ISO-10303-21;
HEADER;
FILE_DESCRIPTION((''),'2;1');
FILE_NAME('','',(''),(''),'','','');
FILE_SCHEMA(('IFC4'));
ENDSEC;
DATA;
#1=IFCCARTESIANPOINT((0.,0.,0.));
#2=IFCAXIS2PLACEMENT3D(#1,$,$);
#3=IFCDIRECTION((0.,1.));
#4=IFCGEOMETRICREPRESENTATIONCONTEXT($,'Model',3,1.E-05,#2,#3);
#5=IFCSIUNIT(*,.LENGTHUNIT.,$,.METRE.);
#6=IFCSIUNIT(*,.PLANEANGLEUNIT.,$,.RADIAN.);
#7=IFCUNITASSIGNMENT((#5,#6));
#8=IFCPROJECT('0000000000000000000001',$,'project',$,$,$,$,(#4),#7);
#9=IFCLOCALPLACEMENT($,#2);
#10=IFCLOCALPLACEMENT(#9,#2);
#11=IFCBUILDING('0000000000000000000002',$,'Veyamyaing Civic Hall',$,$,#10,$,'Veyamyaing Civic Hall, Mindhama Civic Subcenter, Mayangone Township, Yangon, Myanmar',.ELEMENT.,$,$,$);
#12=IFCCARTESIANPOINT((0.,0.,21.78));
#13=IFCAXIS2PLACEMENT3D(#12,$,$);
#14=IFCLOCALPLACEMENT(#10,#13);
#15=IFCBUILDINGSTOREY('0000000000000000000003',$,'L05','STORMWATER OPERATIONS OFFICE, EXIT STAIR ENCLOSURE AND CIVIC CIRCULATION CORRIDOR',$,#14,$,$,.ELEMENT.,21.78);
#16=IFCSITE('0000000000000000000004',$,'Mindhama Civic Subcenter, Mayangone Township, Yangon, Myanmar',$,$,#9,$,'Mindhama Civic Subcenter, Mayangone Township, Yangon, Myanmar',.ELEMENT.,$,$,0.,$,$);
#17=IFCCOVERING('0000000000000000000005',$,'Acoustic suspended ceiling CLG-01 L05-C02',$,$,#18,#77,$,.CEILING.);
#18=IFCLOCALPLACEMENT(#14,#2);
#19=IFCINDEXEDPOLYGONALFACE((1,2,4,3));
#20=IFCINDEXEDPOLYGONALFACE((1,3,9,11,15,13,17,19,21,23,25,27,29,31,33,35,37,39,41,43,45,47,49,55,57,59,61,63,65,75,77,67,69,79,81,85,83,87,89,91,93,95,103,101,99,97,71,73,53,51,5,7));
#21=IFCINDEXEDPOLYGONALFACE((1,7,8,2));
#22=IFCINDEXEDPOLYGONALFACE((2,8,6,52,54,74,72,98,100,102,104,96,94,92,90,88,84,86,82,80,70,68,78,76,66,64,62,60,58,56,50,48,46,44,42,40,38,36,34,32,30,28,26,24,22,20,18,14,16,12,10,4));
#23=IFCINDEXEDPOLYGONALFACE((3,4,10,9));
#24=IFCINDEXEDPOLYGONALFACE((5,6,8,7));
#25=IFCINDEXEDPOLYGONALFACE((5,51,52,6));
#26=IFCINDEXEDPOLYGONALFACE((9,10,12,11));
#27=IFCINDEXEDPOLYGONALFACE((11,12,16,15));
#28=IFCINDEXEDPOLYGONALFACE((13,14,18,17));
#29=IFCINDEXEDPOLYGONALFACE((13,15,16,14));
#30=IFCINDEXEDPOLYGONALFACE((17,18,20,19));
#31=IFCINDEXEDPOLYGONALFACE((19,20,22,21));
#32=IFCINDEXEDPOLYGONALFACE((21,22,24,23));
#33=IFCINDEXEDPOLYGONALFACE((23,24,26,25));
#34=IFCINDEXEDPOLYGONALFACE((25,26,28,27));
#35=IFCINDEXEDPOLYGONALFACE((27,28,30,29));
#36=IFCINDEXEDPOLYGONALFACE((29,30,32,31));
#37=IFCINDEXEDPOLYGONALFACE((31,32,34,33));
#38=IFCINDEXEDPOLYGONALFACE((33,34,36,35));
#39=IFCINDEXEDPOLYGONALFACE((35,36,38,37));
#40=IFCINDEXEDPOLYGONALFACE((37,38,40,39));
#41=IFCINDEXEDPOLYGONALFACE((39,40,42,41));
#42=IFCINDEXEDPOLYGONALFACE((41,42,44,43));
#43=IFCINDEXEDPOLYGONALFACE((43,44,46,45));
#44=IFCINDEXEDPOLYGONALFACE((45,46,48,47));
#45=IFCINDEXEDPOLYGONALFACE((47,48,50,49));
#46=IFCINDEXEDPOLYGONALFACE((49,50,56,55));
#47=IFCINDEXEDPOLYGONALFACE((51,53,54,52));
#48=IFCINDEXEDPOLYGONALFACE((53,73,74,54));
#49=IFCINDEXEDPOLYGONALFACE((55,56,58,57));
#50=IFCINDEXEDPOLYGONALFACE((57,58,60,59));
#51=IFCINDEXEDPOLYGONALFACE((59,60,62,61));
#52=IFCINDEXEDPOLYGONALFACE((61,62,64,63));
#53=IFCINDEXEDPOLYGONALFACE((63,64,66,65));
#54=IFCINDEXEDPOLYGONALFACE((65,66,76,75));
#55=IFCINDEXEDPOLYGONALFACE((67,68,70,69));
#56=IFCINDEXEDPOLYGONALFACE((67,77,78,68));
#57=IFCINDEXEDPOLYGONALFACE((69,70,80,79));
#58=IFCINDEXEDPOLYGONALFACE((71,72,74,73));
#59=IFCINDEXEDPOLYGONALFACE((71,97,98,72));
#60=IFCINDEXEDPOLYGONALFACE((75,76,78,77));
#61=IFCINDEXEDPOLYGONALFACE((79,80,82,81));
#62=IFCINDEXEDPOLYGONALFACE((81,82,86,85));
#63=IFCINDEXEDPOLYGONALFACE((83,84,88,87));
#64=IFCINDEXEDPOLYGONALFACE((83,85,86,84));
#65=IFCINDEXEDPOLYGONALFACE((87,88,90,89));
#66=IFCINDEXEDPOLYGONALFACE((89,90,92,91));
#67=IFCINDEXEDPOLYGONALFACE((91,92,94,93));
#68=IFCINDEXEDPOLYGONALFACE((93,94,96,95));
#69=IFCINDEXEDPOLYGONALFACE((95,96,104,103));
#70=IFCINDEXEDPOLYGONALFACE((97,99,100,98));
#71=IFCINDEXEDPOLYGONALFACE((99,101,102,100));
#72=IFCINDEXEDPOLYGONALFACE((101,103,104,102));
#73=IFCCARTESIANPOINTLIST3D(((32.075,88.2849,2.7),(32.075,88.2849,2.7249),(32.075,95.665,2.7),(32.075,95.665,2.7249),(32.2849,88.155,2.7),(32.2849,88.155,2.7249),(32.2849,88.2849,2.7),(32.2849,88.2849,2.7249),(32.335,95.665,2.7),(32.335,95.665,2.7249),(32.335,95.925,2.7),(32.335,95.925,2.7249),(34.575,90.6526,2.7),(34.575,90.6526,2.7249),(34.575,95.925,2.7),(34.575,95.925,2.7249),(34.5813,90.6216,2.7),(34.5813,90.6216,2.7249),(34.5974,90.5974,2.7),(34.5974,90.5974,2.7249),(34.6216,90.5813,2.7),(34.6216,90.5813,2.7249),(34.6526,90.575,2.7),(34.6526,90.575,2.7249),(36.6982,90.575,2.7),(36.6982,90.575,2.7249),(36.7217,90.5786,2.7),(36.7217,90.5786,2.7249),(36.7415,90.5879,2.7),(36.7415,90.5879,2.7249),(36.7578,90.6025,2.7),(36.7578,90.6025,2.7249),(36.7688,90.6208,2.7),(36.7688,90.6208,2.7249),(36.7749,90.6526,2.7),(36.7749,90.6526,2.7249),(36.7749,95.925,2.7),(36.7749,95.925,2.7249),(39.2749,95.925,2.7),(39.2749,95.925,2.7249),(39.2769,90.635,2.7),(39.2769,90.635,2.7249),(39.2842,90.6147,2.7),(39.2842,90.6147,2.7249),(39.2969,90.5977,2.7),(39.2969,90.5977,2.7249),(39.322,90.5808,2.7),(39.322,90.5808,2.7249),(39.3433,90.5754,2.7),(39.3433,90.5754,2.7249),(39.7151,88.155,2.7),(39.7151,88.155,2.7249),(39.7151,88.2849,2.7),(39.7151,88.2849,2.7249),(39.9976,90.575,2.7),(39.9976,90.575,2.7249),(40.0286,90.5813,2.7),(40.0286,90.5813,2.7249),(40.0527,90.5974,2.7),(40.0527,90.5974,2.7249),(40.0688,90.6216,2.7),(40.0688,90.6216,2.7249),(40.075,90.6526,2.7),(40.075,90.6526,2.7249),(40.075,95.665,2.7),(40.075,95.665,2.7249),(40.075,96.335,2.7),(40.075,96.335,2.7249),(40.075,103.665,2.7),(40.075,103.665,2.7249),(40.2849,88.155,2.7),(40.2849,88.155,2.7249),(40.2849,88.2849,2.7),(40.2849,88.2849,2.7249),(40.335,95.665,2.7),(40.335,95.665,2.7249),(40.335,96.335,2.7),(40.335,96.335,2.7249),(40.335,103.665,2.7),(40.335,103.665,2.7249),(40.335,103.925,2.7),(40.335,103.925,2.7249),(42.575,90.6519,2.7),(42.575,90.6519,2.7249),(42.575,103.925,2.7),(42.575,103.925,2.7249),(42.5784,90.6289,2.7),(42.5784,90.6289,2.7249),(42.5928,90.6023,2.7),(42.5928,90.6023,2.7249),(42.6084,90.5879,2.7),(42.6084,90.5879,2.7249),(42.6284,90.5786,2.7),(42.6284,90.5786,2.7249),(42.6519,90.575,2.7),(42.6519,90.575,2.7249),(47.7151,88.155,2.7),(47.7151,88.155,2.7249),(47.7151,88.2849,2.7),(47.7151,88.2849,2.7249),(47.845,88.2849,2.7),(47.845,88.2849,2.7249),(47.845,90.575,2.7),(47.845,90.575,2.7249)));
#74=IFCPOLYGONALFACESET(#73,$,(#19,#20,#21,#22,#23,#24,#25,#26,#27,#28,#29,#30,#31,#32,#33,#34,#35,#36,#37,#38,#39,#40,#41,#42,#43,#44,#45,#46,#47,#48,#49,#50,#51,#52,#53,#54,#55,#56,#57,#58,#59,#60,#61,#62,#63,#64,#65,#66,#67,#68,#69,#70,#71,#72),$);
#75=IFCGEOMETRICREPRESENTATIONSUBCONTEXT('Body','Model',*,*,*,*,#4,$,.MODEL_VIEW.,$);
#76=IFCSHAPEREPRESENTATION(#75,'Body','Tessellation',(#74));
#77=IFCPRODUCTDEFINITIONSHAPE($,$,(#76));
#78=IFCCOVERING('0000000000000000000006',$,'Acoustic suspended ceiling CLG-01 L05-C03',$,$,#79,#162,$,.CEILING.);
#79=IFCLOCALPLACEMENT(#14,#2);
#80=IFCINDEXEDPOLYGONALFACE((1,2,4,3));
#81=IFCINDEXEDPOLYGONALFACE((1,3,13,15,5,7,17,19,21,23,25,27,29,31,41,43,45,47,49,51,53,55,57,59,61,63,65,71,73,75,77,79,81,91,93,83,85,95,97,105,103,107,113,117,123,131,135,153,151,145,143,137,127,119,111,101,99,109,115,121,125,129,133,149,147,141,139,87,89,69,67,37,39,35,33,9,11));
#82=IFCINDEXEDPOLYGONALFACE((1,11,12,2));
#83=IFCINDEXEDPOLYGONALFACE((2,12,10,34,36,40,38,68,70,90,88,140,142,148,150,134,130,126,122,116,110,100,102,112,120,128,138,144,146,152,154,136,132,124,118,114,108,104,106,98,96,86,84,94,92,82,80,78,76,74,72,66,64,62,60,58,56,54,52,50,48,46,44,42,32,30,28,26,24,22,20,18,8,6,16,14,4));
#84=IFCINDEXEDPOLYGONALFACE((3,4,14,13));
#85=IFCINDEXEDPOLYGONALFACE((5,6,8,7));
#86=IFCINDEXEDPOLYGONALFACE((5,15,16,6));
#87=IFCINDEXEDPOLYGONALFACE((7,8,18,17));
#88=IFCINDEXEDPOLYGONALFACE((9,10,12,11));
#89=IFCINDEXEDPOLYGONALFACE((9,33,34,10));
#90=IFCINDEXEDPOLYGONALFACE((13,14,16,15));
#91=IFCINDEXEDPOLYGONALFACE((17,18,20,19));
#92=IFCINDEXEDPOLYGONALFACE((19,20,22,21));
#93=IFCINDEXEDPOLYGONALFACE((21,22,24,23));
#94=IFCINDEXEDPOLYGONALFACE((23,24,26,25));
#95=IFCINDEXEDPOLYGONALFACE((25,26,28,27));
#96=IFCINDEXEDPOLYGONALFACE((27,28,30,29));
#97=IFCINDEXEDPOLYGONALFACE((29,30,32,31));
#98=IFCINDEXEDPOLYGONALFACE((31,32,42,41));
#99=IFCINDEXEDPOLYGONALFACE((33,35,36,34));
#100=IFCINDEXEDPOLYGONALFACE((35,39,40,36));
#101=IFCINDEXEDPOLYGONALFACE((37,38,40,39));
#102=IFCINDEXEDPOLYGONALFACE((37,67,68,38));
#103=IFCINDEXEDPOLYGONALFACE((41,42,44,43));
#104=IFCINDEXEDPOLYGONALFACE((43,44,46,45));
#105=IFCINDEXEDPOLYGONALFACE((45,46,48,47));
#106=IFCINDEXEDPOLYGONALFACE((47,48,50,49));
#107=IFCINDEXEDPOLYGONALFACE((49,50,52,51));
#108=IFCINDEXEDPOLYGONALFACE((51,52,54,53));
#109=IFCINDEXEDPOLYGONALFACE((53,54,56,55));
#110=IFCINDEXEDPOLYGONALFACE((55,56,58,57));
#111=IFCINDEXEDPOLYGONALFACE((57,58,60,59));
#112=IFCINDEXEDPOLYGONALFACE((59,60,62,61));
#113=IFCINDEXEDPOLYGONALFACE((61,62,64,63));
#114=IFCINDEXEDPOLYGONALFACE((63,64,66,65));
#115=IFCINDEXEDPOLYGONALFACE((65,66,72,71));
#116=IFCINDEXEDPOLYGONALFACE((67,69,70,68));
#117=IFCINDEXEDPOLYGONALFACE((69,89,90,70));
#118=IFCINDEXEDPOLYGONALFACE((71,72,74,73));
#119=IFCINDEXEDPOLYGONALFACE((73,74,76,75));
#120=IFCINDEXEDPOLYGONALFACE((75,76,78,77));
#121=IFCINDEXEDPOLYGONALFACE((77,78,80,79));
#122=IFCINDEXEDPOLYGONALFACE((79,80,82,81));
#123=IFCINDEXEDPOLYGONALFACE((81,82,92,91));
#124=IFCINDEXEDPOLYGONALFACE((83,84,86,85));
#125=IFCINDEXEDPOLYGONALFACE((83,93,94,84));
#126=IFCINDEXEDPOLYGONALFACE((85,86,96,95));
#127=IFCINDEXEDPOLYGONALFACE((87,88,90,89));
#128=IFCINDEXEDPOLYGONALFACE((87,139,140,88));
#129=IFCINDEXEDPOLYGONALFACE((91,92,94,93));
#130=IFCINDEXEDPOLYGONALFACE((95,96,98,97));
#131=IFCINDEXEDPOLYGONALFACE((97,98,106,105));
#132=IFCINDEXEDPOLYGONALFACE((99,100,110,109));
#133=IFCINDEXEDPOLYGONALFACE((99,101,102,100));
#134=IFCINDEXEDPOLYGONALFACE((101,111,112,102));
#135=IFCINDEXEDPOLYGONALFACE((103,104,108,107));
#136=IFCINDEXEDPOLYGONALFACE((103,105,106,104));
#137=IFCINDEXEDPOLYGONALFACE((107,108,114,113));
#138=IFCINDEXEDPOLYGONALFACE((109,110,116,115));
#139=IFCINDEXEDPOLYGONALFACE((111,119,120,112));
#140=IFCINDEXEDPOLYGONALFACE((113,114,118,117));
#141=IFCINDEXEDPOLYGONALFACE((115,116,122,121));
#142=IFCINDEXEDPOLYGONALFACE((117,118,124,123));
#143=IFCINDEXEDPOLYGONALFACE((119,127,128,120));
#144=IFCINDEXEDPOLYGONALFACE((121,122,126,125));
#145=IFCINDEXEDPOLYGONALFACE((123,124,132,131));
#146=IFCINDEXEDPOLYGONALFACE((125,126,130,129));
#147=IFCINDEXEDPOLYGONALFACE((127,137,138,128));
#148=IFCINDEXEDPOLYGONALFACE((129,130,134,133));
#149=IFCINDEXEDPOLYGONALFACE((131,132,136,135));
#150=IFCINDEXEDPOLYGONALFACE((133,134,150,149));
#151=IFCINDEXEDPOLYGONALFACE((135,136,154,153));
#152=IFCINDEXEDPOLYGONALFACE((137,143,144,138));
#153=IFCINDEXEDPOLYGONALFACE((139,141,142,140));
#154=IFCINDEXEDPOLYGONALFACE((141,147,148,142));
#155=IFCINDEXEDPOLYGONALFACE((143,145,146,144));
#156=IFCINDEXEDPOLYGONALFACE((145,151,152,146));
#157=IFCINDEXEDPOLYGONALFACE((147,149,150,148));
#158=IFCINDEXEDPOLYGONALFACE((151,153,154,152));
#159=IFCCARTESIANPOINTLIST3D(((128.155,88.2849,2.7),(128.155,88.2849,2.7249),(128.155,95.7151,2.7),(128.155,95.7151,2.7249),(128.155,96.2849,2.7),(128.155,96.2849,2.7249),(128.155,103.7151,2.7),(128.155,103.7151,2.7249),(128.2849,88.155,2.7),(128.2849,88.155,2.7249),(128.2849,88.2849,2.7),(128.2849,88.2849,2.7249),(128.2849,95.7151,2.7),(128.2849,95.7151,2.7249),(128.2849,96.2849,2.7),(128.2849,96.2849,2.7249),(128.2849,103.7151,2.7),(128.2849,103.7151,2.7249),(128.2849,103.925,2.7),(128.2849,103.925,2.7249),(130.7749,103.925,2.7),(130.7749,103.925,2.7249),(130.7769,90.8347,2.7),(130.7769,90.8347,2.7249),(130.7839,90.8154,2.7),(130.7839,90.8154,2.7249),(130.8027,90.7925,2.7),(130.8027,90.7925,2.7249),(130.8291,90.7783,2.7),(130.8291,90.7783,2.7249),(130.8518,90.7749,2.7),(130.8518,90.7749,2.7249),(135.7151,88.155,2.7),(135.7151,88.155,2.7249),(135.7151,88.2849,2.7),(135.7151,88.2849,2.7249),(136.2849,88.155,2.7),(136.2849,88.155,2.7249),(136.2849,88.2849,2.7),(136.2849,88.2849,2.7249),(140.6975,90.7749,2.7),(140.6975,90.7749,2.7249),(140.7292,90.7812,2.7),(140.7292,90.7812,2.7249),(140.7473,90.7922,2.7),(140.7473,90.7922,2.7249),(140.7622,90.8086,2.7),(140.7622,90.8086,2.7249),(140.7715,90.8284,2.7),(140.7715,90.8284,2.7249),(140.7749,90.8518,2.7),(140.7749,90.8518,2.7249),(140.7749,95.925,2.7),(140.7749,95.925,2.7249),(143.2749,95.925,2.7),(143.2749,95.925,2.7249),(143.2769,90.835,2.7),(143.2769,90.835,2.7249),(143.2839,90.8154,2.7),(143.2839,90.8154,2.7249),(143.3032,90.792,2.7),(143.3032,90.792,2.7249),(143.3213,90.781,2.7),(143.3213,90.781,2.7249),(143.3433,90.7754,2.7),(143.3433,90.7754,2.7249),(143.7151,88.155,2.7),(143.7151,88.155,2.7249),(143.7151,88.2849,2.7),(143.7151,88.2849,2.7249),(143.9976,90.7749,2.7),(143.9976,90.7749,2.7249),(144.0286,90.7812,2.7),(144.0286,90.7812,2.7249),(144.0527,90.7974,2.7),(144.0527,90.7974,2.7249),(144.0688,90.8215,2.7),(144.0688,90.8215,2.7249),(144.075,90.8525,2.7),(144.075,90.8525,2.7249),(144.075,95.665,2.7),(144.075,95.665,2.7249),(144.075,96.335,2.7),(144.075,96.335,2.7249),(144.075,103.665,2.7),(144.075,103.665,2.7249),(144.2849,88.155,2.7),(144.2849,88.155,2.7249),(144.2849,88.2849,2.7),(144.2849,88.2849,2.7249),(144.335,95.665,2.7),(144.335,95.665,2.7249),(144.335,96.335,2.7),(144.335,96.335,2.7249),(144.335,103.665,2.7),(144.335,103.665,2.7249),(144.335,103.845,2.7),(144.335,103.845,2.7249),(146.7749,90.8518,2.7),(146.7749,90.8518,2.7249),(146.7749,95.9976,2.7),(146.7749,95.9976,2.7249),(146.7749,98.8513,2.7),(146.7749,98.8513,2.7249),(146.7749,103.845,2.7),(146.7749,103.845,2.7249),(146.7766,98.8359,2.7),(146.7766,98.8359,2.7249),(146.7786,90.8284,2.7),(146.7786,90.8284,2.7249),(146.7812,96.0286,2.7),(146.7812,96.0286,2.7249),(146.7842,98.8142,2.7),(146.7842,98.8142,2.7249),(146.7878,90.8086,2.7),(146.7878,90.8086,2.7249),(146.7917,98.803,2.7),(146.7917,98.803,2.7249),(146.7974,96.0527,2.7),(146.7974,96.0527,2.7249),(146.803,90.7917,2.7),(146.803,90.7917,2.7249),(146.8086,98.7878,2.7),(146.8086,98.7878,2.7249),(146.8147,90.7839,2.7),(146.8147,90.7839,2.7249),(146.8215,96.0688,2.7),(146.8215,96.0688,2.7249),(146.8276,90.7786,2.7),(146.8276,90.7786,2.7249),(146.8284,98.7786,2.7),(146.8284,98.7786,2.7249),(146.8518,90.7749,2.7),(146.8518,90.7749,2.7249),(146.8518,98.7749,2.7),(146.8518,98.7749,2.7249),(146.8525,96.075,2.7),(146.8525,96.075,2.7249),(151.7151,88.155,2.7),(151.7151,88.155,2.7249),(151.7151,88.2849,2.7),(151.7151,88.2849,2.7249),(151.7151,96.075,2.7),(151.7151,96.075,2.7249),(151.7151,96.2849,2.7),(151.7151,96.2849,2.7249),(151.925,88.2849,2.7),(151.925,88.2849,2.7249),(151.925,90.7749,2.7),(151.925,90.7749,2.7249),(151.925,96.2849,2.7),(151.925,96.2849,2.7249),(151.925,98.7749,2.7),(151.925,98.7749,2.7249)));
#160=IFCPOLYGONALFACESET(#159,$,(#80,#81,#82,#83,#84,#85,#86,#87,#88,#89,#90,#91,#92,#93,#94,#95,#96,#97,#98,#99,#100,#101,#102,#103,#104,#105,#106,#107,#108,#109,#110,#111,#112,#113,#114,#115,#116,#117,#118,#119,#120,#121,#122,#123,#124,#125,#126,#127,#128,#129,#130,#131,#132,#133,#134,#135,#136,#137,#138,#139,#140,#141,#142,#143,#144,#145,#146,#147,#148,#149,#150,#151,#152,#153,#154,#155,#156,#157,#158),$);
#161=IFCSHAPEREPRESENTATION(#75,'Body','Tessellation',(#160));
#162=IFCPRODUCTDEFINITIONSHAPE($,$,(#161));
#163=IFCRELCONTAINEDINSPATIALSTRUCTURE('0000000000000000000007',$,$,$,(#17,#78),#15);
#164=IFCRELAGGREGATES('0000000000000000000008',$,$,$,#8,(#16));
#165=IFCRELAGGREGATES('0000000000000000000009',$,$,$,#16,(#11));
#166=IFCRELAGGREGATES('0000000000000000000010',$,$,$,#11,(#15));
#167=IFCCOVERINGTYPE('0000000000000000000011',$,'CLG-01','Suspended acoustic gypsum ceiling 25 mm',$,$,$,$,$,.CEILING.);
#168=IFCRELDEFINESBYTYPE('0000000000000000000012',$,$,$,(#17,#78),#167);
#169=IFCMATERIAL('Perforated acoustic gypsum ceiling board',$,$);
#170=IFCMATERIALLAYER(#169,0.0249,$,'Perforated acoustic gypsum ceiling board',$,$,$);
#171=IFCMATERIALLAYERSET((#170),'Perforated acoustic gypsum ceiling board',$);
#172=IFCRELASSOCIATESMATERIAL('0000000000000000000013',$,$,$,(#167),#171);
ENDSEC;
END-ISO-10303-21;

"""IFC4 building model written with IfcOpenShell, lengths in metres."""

from ifc_helpers import new_model, si_unit, direction, frame, origin, place, context, subcontext, project, spatial, polyline, outline, extrude, material, layer, layer_set, type_object, element, save


model = new_model("IFC4")

# Units and contexts
model_context = context("Model", 3, precision=1e-05, world=origin(), true_north=direction((0.0, 1.0)))
body_context = subcontext(model_context, "Body", "Model", "MODEL_VIEW")
ifc_project = project(units=[si_unit("LENGTHUNIT", "METRE"), si_unit("PLANEANGLEUNIT", "RADIAN")], contexts=[model_context])

# Site, building, storey
site_placement = place(None, origin())
site = spatial("IfcSite", under=ifc_project, at=site_placement, Name="Mindhama Civic Subcenter, Mayangone Township, Yangon, Myanmar", LongName="Mindhama Civic Subcenter, Mayangone Township, Yangon, Myanmar", CompositionType="ELEMENT", RefElevation=0.0)
building_placement = place(site_placement, origin())
building = spatial("IfcBuilding", under=site, at=building_placement, Name="Veyamyaing Civic Hall", LongName="Veyamyaing Civic Hall, Mindhama Civic Subcenter, Mayangone Township, Yangon, Myanmar", CompositionType="ELEMENT")
storey_placement = place(building_placement, frame((0.0, 0.0, 21.78)))
storey = spatial("IfcBuildingStorey", under=building, at=storey_placement, Name="L05", Description="STORMWATER OPERATIONS OFFICE, EXIT STAIR ENCLOSURE AND CIVIC CIRCULATION CORRIDOR", CompositionType="ELEMENT", Elevation=21.78)

# Coverings
ifc_material_1 = material(Name="Perforated acoustic gypsum ceiling board")
ifc_layer_1 = layer(ifc_material_1, 0.0249, Name="Perforated acoustic gypsum ceiling board")
ifc_layer_set_1 = layer_set([ifc_layer_1], Name="Perforated acoustic gypsum ceiling board")
covering_type_1 = type_object("IfcCoveringType", Name="CLG-01", Description="Suspended acoustic gypsum ceiling 25 mm", PredefinedType="CEILING", material=ifc_layer_set_1)
covering_1_placement = place(storey_placement, frame((0.0, 0.0, 2.7)))
element("IfcCovering", 1, at=covering_1_placement, inside=storey, type_object=covering_type_1, Name="Acoustic suspended ceiling CLG-01 L05-C02", PredefinedType="CEILING", context=body_context, shape_type="SweptSolid", body=[
    extrude(outline(polyline([(34.575, 95.925), (34.575, 90.6526), (34.5813, 90.6216), (34.5974, 90.5974), (34.6216, 90.5813), (34.6526, 90.575), (36.6982, 90.575), (36.7217, 90.5786), (36.7415, 90.5879), (36.7578, 90.6025), (36.7688, 90.6208), (36.7749, 90.6526), (36.7749, 95.925), (39.2749, 95.925), (39.2769, 90.635), (39.2842, 90.6147), (39.2969, 90.5977), (39.322, 90.5808), (39.3433, 90.5754), (39.9976, 90.575), (40.0286, 90.5813), (40.0527, 90.5974), (40.0688, 90.6216), (40.075, 90.6526), (40.075, 95.665), (40.335, 95.665), (40.335, 96.335), (40.075, 96.335), (40.075, 103.665), (40.335, 103.665), (40.335, 103.925), (42.575, 103.925), (42.575, 90.6519), (42.5784, 90.6289), (42.5928, 90.6023), (42.6084, 90.5879), (42.6284, 90.5786), (42.6519, 90.575), (47.845, 90.575), (47.845, 88.2849), (47.7151, 88.2849), (47.7151, 88.155), (40.2849, 88.155), (40.2849, 88.2849), (39.7151, 88.2849), (39.7151, 88.155), (32.2849, 88.155), (32.2849, 88.2849), (32.075, 88.2849), (32.075, 95.665), (32.335, 95.665), (32.335, 95.925), (34.575, 95.925)])), origin(), (0.0, 0.0, 1.0), 0.0249),
])
covering_2_placement = place(storey_placement, frame((0.0, 0.0, 2.7)))
element("IfcCovering", 2, at=covering_2_placement, inside=storey, type_object=covering_type_1, Name="Acoustic suspended ceiling CLG-01 L05-C03", PredefinedType="CEILING", context=body_context, shape_type="SweptSolid", body=[
    extrude(outline(polyline([(130.7769, 90.8347), (130.7839, 90.8154), (130.8027, 90.7925), (130.8291, 90.7783), (130.8518, 90.7749), (140.6975, 90.7749), (140.7292, 90.7812), (140.7473, 90.7922), (140.7622, 90.8086), (140.7715, 90.8284), (140.7749, 90.8518), (140.7749, 95.925), (143.2749, 95.925), (143.2769, 90.835), (143.2839, 90.8154), (143.3032, 90.792), (143.3213, 90.781), (143.3433, 90.7754), (143.9976, 90.7749), (144.0286, 90.7812), (144.0527, 90.7974), (144.0688, 90.8215), (144.075, 90.8525), (144.075, 95.665), (144.335, 95.665), (144.335, 96.335), (144.075, 96.335), (144.075, 103.665), (144.335, 103.665), (144.335, 103.845), (146.7749, 103.845), (146.7749, 98.8513), (146.7766, 98.8359), (146.7842, 98.8142), (146.7917, 98.803), (146.8086, 98.7878), (146.8284, 98.7786), (146.8518, 98.7749), (151.925, 98.7749), (151.925, 96.2849), (151.7151, 96.2849), (151.7151, 96.075), (146.8525, 96.075), (146.8215, 96.0688), (146.7974, 96.0527), (146.7812, 96.0286), (146.7749, 95.9976), (146.7749, 90.8518), (146.7786, 90.8284), (146.7878, 90.8086), (146.803, 90.7917), (146.8147, 90.7839), (146.8276, 90.7786), (146.8518, 90.7749), (151.925, 90.7749), (151.925, 88.2849), (151.7151, 88.2849), (151.7151, 88.155), (144.2849, 88.155), (144.2849, 88.2849), (143.7151, 88.2849), (143.7151, 88.155), (136.2849, 88.155), (136.2849, 88.2849), (135.7151, 88.2849), (135.7151, 88.155), (128.2849, 88.155), (128.2849, 88.2849), (128.155, 88.2849), (128.155, 95.7151), (128.2849, 95.7151), (128.2849, 96.2849), (128.155, 96.2849), (128.155, 103.7151), (128.2849, 103.7151), (128.2849, 103.925), (130.7749, 103.925), (130.7769, 90.8347)])), origin(), (0.0, 0.0, 1.0), 0.0249),
])

save(model, "model.ifc")
